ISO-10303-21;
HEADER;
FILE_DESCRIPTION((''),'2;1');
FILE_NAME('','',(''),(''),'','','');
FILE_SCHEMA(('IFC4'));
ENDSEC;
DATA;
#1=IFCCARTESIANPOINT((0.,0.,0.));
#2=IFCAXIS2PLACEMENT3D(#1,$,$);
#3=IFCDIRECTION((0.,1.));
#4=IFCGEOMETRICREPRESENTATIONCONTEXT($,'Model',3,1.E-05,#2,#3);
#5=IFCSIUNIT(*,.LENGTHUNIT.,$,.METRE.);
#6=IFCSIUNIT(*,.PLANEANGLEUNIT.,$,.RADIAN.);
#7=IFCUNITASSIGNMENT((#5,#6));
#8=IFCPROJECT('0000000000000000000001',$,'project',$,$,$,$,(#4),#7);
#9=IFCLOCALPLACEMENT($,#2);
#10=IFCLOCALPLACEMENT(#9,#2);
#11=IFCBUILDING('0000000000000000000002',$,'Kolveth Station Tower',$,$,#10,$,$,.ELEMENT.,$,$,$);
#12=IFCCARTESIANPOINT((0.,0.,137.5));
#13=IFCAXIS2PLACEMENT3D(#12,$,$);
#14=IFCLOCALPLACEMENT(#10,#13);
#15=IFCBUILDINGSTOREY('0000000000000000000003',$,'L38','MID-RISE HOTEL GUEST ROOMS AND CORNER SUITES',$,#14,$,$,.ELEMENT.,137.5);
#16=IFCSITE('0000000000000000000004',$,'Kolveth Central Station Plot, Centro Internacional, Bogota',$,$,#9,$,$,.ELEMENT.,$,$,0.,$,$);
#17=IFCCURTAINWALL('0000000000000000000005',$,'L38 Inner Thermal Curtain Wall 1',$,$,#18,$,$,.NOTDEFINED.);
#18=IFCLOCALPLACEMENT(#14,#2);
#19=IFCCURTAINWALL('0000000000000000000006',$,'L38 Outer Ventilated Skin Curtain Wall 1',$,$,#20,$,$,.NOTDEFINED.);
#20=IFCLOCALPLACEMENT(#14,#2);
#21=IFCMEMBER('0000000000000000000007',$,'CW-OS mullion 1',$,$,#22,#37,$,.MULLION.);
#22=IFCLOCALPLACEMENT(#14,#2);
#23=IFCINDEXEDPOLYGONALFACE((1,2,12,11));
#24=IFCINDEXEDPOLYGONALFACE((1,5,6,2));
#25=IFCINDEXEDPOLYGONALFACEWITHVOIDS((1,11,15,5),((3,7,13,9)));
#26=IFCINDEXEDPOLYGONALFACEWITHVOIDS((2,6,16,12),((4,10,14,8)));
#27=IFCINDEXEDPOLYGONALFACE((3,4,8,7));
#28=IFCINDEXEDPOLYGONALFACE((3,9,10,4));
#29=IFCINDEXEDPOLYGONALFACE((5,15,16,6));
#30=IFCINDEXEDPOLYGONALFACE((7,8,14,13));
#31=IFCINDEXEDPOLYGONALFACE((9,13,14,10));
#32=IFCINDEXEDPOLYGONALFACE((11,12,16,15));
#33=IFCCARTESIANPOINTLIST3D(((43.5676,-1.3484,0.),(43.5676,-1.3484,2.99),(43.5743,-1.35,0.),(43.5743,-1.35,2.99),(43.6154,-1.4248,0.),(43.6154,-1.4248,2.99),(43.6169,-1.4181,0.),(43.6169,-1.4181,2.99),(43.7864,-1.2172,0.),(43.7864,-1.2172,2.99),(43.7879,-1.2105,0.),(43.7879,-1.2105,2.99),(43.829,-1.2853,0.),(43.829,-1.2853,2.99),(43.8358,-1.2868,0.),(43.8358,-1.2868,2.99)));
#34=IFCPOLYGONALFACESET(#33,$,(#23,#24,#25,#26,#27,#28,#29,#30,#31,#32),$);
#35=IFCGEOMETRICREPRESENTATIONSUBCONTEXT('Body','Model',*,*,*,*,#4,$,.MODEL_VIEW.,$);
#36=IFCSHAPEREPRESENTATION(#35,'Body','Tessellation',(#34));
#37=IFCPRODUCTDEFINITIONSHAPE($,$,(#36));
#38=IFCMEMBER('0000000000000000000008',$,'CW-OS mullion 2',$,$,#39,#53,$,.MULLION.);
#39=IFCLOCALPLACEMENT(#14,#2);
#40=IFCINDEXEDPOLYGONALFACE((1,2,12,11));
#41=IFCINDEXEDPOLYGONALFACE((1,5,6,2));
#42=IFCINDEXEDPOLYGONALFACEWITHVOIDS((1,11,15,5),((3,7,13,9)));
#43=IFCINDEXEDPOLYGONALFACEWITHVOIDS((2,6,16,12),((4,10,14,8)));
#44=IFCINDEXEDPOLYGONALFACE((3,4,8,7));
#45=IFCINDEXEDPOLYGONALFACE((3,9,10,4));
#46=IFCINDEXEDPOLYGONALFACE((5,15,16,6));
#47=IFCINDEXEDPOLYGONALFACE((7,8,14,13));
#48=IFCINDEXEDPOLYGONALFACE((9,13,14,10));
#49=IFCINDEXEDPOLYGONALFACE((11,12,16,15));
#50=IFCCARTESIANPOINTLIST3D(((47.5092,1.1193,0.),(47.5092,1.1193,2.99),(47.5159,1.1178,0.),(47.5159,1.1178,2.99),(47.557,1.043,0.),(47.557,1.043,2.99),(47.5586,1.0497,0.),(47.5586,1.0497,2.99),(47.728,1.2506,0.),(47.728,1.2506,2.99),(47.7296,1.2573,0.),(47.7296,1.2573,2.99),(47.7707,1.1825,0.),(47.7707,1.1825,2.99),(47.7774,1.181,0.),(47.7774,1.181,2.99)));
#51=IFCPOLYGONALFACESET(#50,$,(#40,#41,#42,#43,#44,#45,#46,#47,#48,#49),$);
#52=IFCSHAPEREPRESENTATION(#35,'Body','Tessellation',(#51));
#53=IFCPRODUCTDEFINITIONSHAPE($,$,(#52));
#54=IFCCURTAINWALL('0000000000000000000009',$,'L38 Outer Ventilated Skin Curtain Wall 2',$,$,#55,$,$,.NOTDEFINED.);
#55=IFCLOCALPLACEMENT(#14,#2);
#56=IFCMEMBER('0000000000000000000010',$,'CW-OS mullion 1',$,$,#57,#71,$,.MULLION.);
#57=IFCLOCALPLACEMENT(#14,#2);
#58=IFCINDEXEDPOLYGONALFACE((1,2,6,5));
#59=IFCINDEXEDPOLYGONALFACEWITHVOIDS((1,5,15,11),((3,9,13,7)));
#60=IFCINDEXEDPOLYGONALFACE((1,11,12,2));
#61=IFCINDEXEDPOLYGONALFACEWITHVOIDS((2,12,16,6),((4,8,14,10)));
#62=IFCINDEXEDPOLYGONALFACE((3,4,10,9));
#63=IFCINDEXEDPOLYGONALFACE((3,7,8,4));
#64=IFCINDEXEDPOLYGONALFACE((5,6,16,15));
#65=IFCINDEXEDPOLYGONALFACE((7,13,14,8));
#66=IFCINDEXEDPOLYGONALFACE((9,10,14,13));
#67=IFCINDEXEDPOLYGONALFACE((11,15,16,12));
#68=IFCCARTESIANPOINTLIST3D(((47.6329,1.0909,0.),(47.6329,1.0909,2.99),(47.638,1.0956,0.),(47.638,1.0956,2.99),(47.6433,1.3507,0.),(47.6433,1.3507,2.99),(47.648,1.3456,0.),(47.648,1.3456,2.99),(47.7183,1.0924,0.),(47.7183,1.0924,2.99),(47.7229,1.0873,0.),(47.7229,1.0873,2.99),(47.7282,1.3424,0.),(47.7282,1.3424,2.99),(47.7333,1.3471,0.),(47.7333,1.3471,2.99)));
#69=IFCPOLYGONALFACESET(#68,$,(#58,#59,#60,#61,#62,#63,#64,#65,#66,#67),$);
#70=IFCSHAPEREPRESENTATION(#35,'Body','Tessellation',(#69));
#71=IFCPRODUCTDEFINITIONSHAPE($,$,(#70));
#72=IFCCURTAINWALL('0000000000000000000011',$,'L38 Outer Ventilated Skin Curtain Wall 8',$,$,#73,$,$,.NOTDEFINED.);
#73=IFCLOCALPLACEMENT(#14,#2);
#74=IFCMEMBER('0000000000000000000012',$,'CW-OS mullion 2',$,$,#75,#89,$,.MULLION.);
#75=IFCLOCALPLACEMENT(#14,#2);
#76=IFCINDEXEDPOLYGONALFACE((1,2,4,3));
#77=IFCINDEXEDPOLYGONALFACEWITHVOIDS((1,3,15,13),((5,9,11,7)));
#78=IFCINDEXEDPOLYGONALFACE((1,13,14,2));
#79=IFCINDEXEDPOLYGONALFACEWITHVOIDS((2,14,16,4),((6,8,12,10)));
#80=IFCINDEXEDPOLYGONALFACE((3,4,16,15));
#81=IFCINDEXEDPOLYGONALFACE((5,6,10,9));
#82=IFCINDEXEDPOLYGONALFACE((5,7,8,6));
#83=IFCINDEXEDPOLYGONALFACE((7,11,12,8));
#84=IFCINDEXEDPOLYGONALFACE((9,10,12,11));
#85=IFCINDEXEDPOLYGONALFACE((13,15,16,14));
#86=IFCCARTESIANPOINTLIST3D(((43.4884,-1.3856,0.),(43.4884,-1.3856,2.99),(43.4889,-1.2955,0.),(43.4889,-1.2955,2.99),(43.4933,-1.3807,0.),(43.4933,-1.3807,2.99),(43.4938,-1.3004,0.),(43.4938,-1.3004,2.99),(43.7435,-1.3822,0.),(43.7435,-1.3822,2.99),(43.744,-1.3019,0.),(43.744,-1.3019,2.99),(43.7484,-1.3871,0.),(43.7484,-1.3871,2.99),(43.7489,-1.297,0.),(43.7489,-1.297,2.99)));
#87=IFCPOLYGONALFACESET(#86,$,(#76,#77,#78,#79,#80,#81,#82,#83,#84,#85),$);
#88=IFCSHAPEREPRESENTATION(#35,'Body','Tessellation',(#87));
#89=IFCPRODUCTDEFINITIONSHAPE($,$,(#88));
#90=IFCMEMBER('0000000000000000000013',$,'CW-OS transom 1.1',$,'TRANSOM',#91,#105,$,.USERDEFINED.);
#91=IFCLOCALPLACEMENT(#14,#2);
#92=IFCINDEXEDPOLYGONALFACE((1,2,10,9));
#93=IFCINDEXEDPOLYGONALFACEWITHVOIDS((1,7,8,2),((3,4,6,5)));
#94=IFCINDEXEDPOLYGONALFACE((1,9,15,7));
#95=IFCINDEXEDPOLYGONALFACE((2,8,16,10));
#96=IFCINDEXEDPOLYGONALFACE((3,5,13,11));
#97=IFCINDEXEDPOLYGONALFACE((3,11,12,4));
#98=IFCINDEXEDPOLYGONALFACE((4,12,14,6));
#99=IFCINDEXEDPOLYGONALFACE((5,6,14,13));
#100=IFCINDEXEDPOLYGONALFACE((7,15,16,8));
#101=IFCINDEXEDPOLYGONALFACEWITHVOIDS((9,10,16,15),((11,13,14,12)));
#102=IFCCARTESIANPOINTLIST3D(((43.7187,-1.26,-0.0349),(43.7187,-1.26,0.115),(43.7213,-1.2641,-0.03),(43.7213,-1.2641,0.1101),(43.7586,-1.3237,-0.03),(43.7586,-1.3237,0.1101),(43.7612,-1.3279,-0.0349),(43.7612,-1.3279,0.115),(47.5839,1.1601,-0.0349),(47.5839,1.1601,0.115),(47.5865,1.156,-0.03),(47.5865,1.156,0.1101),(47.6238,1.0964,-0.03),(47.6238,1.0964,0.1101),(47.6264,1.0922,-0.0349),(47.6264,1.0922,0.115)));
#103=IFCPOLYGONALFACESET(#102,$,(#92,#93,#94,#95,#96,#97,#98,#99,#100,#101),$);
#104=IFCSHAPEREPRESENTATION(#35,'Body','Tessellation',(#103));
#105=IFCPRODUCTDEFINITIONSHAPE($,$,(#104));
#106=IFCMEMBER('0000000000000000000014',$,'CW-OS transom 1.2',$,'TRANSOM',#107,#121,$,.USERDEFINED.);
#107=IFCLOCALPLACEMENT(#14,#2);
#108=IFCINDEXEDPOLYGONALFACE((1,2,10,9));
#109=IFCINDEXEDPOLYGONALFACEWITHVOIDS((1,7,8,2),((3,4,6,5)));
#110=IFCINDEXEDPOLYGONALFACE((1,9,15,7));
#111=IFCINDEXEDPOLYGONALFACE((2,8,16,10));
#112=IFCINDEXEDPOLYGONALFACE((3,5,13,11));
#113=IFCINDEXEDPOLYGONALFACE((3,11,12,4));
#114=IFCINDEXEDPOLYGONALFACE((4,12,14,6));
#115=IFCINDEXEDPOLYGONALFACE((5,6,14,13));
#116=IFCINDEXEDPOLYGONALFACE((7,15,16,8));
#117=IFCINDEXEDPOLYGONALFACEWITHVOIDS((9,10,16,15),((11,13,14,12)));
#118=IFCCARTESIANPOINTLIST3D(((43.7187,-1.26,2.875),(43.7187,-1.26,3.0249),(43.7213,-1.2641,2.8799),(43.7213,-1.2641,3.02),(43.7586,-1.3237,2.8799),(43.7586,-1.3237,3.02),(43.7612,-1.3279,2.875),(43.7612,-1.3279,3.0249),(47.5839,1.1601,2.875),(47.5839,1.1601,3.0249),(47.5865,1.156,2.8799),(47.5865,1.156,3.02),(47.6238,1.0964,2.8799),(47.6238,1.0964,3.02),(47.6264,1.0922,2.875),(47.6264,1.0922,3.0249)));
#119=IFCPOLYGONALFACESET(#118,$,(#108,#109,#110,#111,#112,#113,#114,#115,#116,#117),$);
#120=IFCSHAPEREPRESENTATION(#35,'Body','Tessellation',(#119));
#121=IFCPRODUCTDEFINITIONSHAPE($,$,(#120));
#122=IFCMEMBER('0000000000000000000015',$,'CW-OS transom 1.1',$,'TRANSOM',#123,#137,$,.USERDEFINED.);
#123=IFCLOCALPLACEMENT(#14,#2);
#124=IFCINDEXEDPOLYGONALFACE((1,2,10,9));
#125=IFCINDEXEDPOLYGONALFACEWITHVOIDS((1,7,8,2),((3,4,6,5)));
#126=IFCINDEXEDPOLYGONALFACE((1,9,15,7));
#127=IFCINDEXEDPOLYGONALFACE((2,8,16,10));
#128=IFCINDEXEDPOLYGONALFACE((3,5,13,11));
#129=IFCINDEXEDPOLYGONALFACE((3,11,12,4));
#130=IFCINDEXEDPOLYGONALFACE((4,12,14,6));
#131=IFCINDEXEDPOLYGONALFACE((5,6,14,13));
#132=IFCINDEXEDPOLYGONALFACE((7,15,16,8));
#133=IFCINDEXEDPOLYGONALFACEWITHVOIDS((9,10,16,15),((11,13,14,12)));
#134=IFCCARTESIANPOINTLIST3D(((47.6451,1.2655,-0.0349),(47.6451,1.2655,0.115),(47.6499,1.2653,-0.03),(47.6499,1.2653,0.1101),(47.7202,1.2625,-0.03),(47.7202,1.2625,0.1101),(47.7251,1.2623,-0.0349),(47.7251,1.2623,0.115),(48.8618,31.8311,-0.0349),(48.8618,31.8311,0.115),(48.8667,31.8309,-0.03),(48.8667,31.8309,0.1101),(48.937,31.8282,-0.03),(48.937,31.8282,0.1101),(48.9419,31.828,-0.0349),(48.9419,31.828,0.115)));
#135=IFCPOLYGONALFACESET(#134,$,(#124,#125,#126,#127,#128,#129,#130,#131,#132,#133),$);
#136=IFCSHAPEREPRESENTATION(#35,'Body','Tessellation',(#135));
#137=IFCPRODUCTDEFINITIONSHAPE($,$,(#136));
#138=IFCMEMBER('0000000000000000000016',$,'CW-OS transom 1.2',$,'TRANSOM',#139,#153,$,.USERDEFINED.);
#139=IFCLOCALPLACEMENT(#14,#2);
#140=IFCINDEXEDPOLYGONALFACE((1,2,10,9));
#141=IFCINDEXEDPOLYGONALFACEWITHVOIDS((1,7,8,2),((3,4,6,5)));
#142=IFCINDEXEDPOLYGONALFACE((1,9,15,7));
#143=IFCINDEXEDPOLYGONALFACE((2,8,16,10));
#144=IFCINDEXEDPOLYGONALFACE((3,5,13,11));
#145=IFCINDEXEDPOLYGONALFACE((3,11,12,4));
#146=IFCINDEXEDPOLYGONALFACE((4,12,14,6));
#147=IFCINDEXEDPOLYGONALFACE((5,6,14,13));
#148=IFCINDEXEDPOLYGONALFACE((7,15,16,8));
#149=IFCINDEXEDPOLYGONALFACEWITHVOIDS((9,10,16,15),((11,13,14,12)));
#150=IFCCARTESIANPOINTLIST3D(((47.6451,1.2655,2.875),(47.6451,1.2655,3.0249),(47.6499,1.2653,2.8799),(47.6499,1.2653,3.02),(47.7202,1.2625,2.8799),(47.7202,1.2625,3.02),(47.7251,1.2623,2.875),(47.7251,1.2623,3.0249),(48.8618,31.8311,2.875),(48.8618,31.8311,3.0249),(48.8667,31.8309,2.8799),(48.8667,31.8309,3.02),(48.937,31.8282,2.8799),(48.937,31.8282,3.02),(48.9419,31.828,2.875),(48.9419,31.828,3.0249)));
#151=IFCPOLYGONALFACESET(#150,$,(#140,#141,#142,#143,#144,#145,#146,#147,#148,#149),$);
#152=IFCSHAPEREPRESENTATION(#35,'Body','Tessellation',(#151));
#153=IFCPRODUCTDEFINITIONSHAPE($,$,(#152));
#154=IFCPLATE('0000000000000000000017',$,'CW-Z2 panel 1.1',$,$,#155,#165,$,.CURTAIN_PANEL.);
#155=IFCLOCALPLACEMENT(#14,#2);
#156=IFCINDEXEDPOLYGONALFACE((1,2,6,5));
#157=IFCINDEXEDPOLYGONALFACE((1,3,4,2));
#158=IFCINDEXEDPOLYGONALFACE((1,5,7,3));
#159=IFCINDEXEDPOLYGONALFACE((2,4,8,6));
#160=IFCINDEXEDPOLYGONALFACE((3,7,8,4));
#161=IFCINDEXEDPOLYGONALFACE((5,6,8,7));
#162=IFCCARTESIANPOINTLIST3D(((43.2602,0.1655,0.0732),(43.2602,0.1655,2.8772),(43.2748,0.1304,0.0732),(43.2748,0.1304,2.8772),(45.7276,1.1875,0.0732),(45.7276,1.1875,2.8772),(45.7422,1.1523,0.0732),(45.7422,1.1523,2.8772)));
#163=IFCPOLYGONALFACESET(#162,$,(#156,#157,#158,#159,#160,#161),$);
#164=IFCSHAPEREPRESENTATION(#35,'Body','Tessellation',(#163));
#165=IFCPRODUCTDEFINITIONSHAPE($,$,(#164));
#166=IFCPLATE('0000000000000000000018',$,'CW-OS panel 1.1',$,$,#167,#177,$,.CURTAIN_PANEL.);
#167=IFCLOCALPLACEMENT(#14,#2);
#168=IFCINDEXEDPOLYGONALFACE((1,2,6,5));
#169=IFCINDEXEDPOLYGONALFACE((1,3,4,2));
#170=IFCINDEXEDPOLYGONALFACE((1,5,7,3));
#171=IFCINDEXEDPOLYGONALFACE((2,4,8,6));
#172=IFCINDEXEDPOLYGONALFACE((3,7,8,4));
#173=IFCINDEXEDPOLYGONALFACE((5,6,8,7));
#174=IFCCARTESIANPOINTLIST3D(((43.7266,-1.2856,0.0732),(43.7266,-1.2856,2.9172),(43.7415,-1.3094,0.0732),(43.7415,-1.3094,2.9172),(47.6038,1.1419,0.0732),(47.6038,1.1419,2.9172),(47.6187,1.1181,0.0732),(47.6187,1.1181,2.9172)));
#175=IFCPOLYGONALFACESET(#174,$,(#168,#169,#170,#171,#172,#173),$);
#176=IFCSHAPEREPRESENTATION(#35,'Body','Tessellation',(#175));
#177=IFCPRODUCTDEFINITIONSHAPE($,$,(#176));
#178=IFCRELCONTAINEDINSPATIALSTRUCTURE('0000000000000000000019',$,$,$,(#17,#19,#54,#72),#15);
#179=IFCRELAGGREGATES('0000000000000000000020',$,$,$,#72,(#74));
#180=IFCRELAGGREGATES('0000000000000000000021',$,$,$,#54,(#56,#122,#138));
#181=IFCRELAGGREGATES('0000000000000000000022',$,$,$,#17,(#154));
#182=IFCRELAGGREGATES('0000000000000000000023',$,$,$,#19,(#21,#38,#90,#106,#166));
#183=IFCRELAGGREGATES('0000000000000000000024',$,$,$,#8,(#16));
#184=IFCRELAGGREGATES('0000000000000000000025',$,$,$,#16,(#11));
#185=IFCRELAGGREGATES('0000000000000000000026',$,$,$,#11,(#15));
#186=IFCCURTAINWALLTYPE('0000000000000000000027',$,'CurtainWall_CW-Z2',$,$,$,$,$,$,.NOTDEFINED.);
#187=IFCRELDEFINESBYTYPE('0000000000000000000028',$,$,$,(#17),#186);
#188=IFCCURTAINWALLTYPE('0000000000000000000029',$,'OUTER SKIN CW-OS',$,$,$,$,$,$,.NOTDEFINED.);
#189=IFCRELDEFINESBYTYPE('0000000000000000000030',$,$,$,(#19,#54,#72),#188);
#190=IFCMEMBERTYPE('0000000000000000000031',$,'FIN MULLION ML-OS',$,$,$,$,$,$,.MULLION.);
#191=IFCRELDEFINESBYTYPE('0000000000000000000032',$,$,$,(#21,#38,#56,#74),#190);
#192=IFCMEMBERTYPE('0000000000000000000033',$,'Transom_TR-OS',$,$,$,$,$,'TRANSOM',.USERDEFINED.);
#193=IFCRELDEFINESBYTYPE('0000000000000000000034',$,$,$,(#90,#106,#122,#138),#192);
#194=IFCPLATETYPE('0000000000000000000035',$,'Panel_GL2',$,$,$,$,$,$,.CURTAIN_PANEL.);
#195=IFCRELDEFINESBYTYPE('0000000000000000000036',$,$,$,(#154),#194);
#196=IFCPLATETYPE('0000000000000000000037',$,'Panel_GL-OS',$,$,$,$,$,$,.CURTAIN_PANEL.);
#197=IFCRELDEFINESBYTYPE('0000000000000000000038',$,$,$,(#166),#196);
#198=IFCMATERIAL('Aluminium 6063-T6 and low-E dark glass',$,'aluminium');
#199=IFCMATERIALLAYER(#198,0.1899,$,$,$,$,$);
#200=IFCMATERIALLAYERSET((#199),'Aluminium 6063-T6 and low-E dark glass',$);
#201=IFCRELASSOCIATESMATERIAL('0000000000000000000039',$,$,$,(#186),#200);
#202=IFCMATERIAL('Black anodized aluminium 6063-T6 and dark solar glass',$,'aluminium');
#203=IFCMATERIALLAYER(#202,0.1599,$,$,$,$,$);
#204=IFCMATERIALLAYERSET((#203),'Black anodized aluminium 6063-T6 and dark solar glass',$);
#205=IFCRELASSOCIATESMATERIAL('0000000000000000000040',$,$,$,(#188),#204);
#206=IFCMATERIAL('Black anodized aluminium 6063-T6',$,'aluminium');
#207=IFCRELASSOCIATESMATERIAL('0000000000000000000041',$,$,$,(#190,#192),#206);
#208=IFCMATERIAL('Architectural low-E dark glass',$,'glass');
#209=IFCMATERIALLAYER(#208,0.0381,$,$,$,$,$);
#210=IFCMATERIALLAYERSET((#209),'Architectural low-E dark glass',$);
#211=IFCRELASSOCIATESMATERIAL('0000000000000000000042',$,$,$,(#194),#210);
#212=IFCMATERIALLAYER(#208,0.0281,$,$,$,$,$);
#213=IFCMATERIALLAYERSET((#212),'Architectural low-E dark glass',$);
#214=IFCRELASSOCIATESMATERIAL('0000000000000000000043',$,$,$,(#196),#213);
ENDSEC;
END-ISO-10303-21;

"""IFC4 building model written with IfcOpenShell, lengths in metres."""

from ifc_helpers import new_model, si_unit, direction, frame, origin, origin_2d, place, context, subcontext, project, spatial, rectangle, hollow_rectangle, extrude, source, transform, mapped, material, layer, layer_set, material_profile, profile_set, type_object, element, aggregate, save


model = new_model("IFC4")

# Units and contexts
model_context = context("Model", 3, precision=1e-05, world=origin(), true_north=direction((0.0, 1.0)))
body_context = subcontext(model_context, "Body", "Model", "MODEL_VIEW")
ifc_project = project(units=[si_unit("LENGTHUNIT", "METRE"), si_unit("PLANEANGLEUNIT", "RADIAN")], contexts=[model_context])

# Site, building, storey
site_placement = place(None, origin())
site = spatial("IfcSite", under=ifc_project, at=site_placement, Name="Kolveth Central Station Plot, Centro Internacional, Bogota", CompositionType="ELEMENT", RefElevation=0.0)
building_placement = place(site_placement, origin())
building = spatial("IfcBuilding", under=site, at=building_placement, Name="Kolveth Station Tower", CompositionType="ELEMENT")
storey_placement = place(building_placement, frame((0.0, 0.0, 137.5)))
storey = spatial("IfcBuildingStorey", under=building, at=storey_placement, Name="L38", Description="MID-RISE HOTEL GUEST ROOMS AND CORNER SUITES", CompositionType="ELEMENT", Elevation=137.5)

# Curtain wall
ifc_material_1 = material(Name="Aluminium 6063-T6 and low-E dark glass", Category="aluminium")
ifc_layer_1 = layer(ifc_material_1, 0.1899)
ifc_layer_set_1 = layer_set([ifc_layer_1], Name="Aluminium 6063-T6 and low-E dark glass")
curtain_wall_type_1 = type_object("IfcCurtainWallType", Name="CurtainWall_CW-Z2", PredefinedType="NOTDEFINED", material=ifc_layer_set_1)
curtain_wall_1_placement = place(storey_placement, origin())
curtain_wall_1 = element("IfcCurtainWall", 1, at=curtain_wall_1_placement, inside=storey, type_object=curtain_wall_type_1, Name="L38 Inner Thermal Curtain Wall 1", PredefinedType="NOTDEFINED")
ifc_material_2 = material(Name="Black anodized aluminium 6063-T6", Category="aluminium")

# Curtain wall, members
ifc_material_3 = material(Name="Black anodized aluminium 6063-T6 and dark solar glass", Category="aluminium")
ifc_layer_2 = layer(ifc_material_3, 0.1599)
ifc_layer_set_2 = layer_set([ifc_layer_2], Name="Black anodized aluminium 6063-T6 and dark solar glass")
curtain_wall_type_2 = type_object("IfcCurtainWallType", Name="OUTER SKIN CW-OS", PredefinedType="NOTDEFINED", material=ifc_layer_set_2)
curtain_wall_2_placement = place(storey_placement, origin())
curtain_wall_2 = element("IfcCurtainWall", 2, at=curtain_wall_2_placement, inside=storey, type_object=curtain_wall_type_2, Name="L38 Outer Ventilated Skin Curtain Wall 1", PredefinedType="NOTDEFINED")
ifc_material_profile_1 = material_profile(ifc_material_2, hollow_rectangle(XDim=0.0901, YDim=0.26, WallThickness=0.0049, at=origin_2d()), Name="ALU-90x260x5")
ifc_profile_set_1 = profile_set([ifc_material_profile_1], Name="Black anodized aluminium 6063-T6")
member_type_1 = type_object("IfcMemberType", Name="FIN MULLION ML-OS", PredefinedType="MULLION", material=ifc_profile_set_1)
shared_shape_1 = source(origin(), body_context, "Body", "SweptSolid", [
    extrude(hollow_rectangle(XDim=0.0901, YDim=0.26, WallThickness=0.0049, at=origin_2d()), origin(), (0.0, 0.0, 1.0), 2.99),
])
member_1_placement = place(storey_placement, frame((43.7017, -1.3176, 0.0), z_axis=(0.0, 0.0, 1.0), x_axis=(-0.530678, 0.847574, 0.0)))
member_1 = element("IfcMember", 3, at=member_1_placement, type_object=member_type_1, Name="CW-OS mullion 1", PredefinedType="MULLION", context=body_context, shape_type="MappedRepresentation", body=[
    mapped(shared_shape_1, transform((0.0, 0.0, 0.0), x_axis=(1.0, 0.0, 0.0), y_axis=(0.0, 1.0, 0.0), z_axis=(0.0, 0.0, 1.0), scale=1.0)),
])
member_2_placement = place(storey_placement, frame((47.6433, 1.1501, 0.0), z_axis=(0.0, 0.0, 1.0), x_axis=(-0.530678, 0.847574, 0.0)))
member_2 = element("IfcMember", 4, at=member_2_placement, type_object=member_type_1, Name="CW-OS mullion 2", PredefinedType="MULLION", context=body_context, shape_type="MappedRepresentation", body=[
    mapped(shared_shape_1, transform((0.0, 0.0, 0.0), x_axis=(1.0, 0.0, 0.0), y_axis=(0.0, 1.0, 0.0), z_axis=(0.0, 0.0, 1.0), scale=1.0)),
])

# Curtain walls, members
curtain_wall_3_placement = place(storey_placement, origin())
curtain_wall_3 = element("IfcCurtainWall", 5, at=curtain_wall_3_placement, inside=storey, type_object=curtain_wall_type_2, Name="L38 Outer Ventilated Skin Curtain Wall 2", PredefinedType="NOTDEFINED")
member_3_placement = place(storey_placement, frame((47.6831, 1.219, 0.0), z_axis=(0.0, 0.0, 1.0), x_axis=(-0.999208, 0.039782, 0.0)))
member_3 = element("IfcMember", 6, at=member_3_placement, type_object=member_type_1, Name="CW-OS mullion 1", PredefinedType="MULLION", context=body_context, shape_type="MappedRepresentation", body=[
    mapped(shared_shape_1, transform((0.0, 0.0, 0.0), x_axis=(1.0, 0.0, 0.0), y_axis=(0.0, 1.0, 0.0), z_axis=(0.0, 0.0, 1.0), scale=1.0)),
])
curtain_wall_4_placement = place(storey_placement, origin())
curtain_wall_4 = element("IfcCurtainWall", 7, at=curtain_wall_4_placement, inside=storey, type_object=curtain_wall_type_2, Name="L38 Outer Ventilated Skin Curtain Wall 8", PredefinedType="NOTDEFINED")
member_4_placement = place(storey_placement, frame((43.6187, -1.3413, 0.0), z_axis=(0.0, 0.0, 1.0), x_axis=(0.005902, 0.999983, 0.0)))
member_4 = element("IfcMember", 8, at=member_4_placement, type_object=member_type_1, Name="CW-OS mullion 2", PredefinedType="MULLION", context=body_context, shape_type="MappedRepresentation", body=[
    mapped(shared_shape_1, transform((0.0, 0.0, 0.0), x_axis=(1.0, 0.0, 0.0), y_axis=(0.0, 1.0, 0.0), z_axis=(0.0, 0.0, 1.0), scale=1.0)),
])
aggregate(curtain_wall_4, [member_4])

# Members
ifc_material_profile_2 = material_profile(ifc_material_2, hollow_rectangle(XDim=0.0801, YDim=0.1499, WallThickness=0.0049, at=origin_2d()), Name="ALU-80x150x5")
ifc_profile_set_2 = profile_set([ifc_material_profile_2], Name="Black anodized aluminium 6063-T6")
member_type_2 = type_object("IfcMemberType", Name="Transom_TR-OS", ElementType="TRANSOM", PredefinedType="USERDEFINED", material=ifc_profile_set_2)
shared_shape_2 = source(origin(), body_context, "Body", "SweptSolid", [
    extrude(hollow_rectangle(XDim=0.0801, YDim=0.1499, WallThickness=0.0049, at=origin_2d()), origin(), (0.0, 0.0, 1.0), 4.5603),
])
member_5_placement = place(storey_placement, frame((43.74, -1.2939, 0.04), z_axis=(0.847565, 0.530692, 0.0), x_axis=(-0.530692, 0.847565, 0.0)))
member_5 = element("IfcMember", 9, at=member_5_placement, type_object=member_type_2, Name="CW-OS transom 1.1", ObjectType="TRANSOM", PredefinedType="USERDEFINED", context=body_context, shape_type="MappedRepresentation", body=[
    mapped(shared_shape_2, transform((0.0, 0.0, 0.0), x_axis=(1.0, 0.0, 0.0), y_axis=(0.0, 1.0, 0.0), z_axis=(0.0, 0.0, 1.0), scale=1.0)),
])
member_6_placement = place(storey_placement, frame((43.74, -1.2939, 2.95), z_axis=(0.847565, 0.530692, 0.0), x_axis=(-0.530692, 0.847565, 0.0)))
member_6 = element("IfcMember", 10, at=member_6_placement, type_object=member_type_2, Name="CW-OS transom 1.2", ObjectType="TRANSOM", PredefinedType="USERDEFINED", context=body_context, shape_type="MappedRepresentation", body=[
    mapped(shared_shape_2, transform((0.0, 0.0, 0.0), x_axis=(1.0, 0.0, 0.0), y_axis=(0.0, 1.0, 0.0), z_axis=(0.0, 0.0, 1.0), scale=1.0)),
])
shared_shape_3 = source(origin(), body_context, "Body", "SweptSolid", [
    extrude(hollow_rectangle(XDim=0.0801, YDim=0.1499, WallThickness=0.0049, at=origin_2d()), origin(), (0.0, 0.0, 1.0), 30.5898),
])
member_7_placement = place(storey_placement, frame((47.6851, 1.2639, 0.04), z_axis=(0.039778, 0.999209, 0.0), x_axis=(-0.999209, 0.039778, 0.0)))
member_7 = element("IfcMember", 11, at=member_7_placement, type_object=member_type_2, Name="CW-OS transom 1.1", ObjectType="TRANSOM", PredefinedType="USERDEFINED", context=body_context, shape_type="MappedRepresentation", body=[
    mapped(shared_shape_3, transform((0.0, 0.0, 0.0), x_axis=(1.0, 0.0, 0.0), y_axis=(0.0, 1.0, 0.0), z_axis=(0.0, 0.0, 1.0), scale=1.0)),
])
member_8_placement = place(storey_placement, frame((47.6851, 1.2639, 2.95), z_axis=(0.039778, 0.999209, 0.0), x_axis=(-0.999209, 0.039778, 0.0)))
member_8 = element("IfcMember", 12, at=member_8_placement, type_object=member_type_2, Name="CW-OS transom 1.2", ObjectType="TRANSOM", PredefinedType="USERDEFINED", context=body_context, shape_type="MappedRepresentation", body=[
    mapped(shared_shape_3, transform((0.0, 0.0, 0.0), x_axis=(1.0, 0.0, 0.0), y_axis=(0.0, 1.0, 0.0), z_axis=(0.0, 0.0, 1.0), scale=1.0)),
])
aggregate(curtain_wall_3, [member_3, member_7, member_8])

# Plates
ifc_material_4 = material(Name="Architectural low-E dark glass", Category="glass")
ifc_layer_3 = layer(ifc_material_4, 0.0381)
ifc_layer_set_3 = layer_set([ifc_layer_3], Name="Architectural low-E dark glass")
plate_type_1 = type_object("IfcPlateType", Name="Panel_GL2", PredefinedType="CURTAIN_PANEL", material=ifc_layer_set_3)
shared_shape_4 = source(origin(), body_context, "Body", "SweptSolid", [
    extrude(rectangle(XDim=2.6707, YDim=0.0381, at=origin_2d()), origin(), (0.0, 0.0, 1.0), 2.804),
])
plate_1_placement = place(storey_placement, frame((44.5012, 0.6589, 0.0732), z_axis=(0.0, 0.0, 1.0), x_axis=(0.923888, 0.382663, 0.0)))
plate_1 = element("IfcPlate", 13, at=plate_1_placement, type_object=plate_type_1, Name="CW-Z2 panel 1.1", PredefinedType="CURTAIN_PANEL", context=body_context, shape_type="MappedRepresentation", body=[
    mapped(shared_shape_4, transform((0.0, 0.0, 0.0), x_axis=(1.0, 0.0, 0.0), y_axis=(0.0, 1.0, 0.0), z_axis=(0.0, 0.0, 1.0), scale=1.0)),
])
aggregate(curtain_wall_1, [plate_1])
ifc_layer_4 = layer(ifc_material_4, 0.0281)
ifc_layer_set_4 = layer_set([ifc_layer_4], Name="Architectural low-E dark glass")
plate_type_2 = type_object("IfcPlateType", Name="Panel_GL-OS", PredefinedType="CURTAIN_PANEL", material=ifc_layer_set_4)
shared_shape_5 = source(origin(), body_context, "Body", "SweptSolid", [
    extrude(rectangle(XDim=4.5745, YDim=0.0281, at=origin_2d()), origin(), (0.0, 0.0, 1.0), 2.844),
])
plate_2_placement = place(storey_placement, frame((45.6726, -0.0837, 0.0732), z_axis=(0.0, 0.0, 1.0), x_axis=(0.847574, 0.530678, 0.0)))
plate_2 = element("IfcPlate", 14, at=plate_2_placement, type_object=plate_type_2, Name="CW-OS panel 1.1", PredefinedType="CURTAIN_PANEL", context=body_context, shape_type="MappedRepresentation", body=[
    mapped(shared_shape_5, transform((0.0, 0.0, 0.0), x_axis=(1.0, 0.0, 0.0), y_axis=(0.0, 1.0, 0.0), z_axis=(0.0, 0.0, 1.0), scale=1.0)),
])
aggregate(curtain_wall_2, [member_1, member_2, member_5, member_6, plate_2])

save(model, "model.ifc")
